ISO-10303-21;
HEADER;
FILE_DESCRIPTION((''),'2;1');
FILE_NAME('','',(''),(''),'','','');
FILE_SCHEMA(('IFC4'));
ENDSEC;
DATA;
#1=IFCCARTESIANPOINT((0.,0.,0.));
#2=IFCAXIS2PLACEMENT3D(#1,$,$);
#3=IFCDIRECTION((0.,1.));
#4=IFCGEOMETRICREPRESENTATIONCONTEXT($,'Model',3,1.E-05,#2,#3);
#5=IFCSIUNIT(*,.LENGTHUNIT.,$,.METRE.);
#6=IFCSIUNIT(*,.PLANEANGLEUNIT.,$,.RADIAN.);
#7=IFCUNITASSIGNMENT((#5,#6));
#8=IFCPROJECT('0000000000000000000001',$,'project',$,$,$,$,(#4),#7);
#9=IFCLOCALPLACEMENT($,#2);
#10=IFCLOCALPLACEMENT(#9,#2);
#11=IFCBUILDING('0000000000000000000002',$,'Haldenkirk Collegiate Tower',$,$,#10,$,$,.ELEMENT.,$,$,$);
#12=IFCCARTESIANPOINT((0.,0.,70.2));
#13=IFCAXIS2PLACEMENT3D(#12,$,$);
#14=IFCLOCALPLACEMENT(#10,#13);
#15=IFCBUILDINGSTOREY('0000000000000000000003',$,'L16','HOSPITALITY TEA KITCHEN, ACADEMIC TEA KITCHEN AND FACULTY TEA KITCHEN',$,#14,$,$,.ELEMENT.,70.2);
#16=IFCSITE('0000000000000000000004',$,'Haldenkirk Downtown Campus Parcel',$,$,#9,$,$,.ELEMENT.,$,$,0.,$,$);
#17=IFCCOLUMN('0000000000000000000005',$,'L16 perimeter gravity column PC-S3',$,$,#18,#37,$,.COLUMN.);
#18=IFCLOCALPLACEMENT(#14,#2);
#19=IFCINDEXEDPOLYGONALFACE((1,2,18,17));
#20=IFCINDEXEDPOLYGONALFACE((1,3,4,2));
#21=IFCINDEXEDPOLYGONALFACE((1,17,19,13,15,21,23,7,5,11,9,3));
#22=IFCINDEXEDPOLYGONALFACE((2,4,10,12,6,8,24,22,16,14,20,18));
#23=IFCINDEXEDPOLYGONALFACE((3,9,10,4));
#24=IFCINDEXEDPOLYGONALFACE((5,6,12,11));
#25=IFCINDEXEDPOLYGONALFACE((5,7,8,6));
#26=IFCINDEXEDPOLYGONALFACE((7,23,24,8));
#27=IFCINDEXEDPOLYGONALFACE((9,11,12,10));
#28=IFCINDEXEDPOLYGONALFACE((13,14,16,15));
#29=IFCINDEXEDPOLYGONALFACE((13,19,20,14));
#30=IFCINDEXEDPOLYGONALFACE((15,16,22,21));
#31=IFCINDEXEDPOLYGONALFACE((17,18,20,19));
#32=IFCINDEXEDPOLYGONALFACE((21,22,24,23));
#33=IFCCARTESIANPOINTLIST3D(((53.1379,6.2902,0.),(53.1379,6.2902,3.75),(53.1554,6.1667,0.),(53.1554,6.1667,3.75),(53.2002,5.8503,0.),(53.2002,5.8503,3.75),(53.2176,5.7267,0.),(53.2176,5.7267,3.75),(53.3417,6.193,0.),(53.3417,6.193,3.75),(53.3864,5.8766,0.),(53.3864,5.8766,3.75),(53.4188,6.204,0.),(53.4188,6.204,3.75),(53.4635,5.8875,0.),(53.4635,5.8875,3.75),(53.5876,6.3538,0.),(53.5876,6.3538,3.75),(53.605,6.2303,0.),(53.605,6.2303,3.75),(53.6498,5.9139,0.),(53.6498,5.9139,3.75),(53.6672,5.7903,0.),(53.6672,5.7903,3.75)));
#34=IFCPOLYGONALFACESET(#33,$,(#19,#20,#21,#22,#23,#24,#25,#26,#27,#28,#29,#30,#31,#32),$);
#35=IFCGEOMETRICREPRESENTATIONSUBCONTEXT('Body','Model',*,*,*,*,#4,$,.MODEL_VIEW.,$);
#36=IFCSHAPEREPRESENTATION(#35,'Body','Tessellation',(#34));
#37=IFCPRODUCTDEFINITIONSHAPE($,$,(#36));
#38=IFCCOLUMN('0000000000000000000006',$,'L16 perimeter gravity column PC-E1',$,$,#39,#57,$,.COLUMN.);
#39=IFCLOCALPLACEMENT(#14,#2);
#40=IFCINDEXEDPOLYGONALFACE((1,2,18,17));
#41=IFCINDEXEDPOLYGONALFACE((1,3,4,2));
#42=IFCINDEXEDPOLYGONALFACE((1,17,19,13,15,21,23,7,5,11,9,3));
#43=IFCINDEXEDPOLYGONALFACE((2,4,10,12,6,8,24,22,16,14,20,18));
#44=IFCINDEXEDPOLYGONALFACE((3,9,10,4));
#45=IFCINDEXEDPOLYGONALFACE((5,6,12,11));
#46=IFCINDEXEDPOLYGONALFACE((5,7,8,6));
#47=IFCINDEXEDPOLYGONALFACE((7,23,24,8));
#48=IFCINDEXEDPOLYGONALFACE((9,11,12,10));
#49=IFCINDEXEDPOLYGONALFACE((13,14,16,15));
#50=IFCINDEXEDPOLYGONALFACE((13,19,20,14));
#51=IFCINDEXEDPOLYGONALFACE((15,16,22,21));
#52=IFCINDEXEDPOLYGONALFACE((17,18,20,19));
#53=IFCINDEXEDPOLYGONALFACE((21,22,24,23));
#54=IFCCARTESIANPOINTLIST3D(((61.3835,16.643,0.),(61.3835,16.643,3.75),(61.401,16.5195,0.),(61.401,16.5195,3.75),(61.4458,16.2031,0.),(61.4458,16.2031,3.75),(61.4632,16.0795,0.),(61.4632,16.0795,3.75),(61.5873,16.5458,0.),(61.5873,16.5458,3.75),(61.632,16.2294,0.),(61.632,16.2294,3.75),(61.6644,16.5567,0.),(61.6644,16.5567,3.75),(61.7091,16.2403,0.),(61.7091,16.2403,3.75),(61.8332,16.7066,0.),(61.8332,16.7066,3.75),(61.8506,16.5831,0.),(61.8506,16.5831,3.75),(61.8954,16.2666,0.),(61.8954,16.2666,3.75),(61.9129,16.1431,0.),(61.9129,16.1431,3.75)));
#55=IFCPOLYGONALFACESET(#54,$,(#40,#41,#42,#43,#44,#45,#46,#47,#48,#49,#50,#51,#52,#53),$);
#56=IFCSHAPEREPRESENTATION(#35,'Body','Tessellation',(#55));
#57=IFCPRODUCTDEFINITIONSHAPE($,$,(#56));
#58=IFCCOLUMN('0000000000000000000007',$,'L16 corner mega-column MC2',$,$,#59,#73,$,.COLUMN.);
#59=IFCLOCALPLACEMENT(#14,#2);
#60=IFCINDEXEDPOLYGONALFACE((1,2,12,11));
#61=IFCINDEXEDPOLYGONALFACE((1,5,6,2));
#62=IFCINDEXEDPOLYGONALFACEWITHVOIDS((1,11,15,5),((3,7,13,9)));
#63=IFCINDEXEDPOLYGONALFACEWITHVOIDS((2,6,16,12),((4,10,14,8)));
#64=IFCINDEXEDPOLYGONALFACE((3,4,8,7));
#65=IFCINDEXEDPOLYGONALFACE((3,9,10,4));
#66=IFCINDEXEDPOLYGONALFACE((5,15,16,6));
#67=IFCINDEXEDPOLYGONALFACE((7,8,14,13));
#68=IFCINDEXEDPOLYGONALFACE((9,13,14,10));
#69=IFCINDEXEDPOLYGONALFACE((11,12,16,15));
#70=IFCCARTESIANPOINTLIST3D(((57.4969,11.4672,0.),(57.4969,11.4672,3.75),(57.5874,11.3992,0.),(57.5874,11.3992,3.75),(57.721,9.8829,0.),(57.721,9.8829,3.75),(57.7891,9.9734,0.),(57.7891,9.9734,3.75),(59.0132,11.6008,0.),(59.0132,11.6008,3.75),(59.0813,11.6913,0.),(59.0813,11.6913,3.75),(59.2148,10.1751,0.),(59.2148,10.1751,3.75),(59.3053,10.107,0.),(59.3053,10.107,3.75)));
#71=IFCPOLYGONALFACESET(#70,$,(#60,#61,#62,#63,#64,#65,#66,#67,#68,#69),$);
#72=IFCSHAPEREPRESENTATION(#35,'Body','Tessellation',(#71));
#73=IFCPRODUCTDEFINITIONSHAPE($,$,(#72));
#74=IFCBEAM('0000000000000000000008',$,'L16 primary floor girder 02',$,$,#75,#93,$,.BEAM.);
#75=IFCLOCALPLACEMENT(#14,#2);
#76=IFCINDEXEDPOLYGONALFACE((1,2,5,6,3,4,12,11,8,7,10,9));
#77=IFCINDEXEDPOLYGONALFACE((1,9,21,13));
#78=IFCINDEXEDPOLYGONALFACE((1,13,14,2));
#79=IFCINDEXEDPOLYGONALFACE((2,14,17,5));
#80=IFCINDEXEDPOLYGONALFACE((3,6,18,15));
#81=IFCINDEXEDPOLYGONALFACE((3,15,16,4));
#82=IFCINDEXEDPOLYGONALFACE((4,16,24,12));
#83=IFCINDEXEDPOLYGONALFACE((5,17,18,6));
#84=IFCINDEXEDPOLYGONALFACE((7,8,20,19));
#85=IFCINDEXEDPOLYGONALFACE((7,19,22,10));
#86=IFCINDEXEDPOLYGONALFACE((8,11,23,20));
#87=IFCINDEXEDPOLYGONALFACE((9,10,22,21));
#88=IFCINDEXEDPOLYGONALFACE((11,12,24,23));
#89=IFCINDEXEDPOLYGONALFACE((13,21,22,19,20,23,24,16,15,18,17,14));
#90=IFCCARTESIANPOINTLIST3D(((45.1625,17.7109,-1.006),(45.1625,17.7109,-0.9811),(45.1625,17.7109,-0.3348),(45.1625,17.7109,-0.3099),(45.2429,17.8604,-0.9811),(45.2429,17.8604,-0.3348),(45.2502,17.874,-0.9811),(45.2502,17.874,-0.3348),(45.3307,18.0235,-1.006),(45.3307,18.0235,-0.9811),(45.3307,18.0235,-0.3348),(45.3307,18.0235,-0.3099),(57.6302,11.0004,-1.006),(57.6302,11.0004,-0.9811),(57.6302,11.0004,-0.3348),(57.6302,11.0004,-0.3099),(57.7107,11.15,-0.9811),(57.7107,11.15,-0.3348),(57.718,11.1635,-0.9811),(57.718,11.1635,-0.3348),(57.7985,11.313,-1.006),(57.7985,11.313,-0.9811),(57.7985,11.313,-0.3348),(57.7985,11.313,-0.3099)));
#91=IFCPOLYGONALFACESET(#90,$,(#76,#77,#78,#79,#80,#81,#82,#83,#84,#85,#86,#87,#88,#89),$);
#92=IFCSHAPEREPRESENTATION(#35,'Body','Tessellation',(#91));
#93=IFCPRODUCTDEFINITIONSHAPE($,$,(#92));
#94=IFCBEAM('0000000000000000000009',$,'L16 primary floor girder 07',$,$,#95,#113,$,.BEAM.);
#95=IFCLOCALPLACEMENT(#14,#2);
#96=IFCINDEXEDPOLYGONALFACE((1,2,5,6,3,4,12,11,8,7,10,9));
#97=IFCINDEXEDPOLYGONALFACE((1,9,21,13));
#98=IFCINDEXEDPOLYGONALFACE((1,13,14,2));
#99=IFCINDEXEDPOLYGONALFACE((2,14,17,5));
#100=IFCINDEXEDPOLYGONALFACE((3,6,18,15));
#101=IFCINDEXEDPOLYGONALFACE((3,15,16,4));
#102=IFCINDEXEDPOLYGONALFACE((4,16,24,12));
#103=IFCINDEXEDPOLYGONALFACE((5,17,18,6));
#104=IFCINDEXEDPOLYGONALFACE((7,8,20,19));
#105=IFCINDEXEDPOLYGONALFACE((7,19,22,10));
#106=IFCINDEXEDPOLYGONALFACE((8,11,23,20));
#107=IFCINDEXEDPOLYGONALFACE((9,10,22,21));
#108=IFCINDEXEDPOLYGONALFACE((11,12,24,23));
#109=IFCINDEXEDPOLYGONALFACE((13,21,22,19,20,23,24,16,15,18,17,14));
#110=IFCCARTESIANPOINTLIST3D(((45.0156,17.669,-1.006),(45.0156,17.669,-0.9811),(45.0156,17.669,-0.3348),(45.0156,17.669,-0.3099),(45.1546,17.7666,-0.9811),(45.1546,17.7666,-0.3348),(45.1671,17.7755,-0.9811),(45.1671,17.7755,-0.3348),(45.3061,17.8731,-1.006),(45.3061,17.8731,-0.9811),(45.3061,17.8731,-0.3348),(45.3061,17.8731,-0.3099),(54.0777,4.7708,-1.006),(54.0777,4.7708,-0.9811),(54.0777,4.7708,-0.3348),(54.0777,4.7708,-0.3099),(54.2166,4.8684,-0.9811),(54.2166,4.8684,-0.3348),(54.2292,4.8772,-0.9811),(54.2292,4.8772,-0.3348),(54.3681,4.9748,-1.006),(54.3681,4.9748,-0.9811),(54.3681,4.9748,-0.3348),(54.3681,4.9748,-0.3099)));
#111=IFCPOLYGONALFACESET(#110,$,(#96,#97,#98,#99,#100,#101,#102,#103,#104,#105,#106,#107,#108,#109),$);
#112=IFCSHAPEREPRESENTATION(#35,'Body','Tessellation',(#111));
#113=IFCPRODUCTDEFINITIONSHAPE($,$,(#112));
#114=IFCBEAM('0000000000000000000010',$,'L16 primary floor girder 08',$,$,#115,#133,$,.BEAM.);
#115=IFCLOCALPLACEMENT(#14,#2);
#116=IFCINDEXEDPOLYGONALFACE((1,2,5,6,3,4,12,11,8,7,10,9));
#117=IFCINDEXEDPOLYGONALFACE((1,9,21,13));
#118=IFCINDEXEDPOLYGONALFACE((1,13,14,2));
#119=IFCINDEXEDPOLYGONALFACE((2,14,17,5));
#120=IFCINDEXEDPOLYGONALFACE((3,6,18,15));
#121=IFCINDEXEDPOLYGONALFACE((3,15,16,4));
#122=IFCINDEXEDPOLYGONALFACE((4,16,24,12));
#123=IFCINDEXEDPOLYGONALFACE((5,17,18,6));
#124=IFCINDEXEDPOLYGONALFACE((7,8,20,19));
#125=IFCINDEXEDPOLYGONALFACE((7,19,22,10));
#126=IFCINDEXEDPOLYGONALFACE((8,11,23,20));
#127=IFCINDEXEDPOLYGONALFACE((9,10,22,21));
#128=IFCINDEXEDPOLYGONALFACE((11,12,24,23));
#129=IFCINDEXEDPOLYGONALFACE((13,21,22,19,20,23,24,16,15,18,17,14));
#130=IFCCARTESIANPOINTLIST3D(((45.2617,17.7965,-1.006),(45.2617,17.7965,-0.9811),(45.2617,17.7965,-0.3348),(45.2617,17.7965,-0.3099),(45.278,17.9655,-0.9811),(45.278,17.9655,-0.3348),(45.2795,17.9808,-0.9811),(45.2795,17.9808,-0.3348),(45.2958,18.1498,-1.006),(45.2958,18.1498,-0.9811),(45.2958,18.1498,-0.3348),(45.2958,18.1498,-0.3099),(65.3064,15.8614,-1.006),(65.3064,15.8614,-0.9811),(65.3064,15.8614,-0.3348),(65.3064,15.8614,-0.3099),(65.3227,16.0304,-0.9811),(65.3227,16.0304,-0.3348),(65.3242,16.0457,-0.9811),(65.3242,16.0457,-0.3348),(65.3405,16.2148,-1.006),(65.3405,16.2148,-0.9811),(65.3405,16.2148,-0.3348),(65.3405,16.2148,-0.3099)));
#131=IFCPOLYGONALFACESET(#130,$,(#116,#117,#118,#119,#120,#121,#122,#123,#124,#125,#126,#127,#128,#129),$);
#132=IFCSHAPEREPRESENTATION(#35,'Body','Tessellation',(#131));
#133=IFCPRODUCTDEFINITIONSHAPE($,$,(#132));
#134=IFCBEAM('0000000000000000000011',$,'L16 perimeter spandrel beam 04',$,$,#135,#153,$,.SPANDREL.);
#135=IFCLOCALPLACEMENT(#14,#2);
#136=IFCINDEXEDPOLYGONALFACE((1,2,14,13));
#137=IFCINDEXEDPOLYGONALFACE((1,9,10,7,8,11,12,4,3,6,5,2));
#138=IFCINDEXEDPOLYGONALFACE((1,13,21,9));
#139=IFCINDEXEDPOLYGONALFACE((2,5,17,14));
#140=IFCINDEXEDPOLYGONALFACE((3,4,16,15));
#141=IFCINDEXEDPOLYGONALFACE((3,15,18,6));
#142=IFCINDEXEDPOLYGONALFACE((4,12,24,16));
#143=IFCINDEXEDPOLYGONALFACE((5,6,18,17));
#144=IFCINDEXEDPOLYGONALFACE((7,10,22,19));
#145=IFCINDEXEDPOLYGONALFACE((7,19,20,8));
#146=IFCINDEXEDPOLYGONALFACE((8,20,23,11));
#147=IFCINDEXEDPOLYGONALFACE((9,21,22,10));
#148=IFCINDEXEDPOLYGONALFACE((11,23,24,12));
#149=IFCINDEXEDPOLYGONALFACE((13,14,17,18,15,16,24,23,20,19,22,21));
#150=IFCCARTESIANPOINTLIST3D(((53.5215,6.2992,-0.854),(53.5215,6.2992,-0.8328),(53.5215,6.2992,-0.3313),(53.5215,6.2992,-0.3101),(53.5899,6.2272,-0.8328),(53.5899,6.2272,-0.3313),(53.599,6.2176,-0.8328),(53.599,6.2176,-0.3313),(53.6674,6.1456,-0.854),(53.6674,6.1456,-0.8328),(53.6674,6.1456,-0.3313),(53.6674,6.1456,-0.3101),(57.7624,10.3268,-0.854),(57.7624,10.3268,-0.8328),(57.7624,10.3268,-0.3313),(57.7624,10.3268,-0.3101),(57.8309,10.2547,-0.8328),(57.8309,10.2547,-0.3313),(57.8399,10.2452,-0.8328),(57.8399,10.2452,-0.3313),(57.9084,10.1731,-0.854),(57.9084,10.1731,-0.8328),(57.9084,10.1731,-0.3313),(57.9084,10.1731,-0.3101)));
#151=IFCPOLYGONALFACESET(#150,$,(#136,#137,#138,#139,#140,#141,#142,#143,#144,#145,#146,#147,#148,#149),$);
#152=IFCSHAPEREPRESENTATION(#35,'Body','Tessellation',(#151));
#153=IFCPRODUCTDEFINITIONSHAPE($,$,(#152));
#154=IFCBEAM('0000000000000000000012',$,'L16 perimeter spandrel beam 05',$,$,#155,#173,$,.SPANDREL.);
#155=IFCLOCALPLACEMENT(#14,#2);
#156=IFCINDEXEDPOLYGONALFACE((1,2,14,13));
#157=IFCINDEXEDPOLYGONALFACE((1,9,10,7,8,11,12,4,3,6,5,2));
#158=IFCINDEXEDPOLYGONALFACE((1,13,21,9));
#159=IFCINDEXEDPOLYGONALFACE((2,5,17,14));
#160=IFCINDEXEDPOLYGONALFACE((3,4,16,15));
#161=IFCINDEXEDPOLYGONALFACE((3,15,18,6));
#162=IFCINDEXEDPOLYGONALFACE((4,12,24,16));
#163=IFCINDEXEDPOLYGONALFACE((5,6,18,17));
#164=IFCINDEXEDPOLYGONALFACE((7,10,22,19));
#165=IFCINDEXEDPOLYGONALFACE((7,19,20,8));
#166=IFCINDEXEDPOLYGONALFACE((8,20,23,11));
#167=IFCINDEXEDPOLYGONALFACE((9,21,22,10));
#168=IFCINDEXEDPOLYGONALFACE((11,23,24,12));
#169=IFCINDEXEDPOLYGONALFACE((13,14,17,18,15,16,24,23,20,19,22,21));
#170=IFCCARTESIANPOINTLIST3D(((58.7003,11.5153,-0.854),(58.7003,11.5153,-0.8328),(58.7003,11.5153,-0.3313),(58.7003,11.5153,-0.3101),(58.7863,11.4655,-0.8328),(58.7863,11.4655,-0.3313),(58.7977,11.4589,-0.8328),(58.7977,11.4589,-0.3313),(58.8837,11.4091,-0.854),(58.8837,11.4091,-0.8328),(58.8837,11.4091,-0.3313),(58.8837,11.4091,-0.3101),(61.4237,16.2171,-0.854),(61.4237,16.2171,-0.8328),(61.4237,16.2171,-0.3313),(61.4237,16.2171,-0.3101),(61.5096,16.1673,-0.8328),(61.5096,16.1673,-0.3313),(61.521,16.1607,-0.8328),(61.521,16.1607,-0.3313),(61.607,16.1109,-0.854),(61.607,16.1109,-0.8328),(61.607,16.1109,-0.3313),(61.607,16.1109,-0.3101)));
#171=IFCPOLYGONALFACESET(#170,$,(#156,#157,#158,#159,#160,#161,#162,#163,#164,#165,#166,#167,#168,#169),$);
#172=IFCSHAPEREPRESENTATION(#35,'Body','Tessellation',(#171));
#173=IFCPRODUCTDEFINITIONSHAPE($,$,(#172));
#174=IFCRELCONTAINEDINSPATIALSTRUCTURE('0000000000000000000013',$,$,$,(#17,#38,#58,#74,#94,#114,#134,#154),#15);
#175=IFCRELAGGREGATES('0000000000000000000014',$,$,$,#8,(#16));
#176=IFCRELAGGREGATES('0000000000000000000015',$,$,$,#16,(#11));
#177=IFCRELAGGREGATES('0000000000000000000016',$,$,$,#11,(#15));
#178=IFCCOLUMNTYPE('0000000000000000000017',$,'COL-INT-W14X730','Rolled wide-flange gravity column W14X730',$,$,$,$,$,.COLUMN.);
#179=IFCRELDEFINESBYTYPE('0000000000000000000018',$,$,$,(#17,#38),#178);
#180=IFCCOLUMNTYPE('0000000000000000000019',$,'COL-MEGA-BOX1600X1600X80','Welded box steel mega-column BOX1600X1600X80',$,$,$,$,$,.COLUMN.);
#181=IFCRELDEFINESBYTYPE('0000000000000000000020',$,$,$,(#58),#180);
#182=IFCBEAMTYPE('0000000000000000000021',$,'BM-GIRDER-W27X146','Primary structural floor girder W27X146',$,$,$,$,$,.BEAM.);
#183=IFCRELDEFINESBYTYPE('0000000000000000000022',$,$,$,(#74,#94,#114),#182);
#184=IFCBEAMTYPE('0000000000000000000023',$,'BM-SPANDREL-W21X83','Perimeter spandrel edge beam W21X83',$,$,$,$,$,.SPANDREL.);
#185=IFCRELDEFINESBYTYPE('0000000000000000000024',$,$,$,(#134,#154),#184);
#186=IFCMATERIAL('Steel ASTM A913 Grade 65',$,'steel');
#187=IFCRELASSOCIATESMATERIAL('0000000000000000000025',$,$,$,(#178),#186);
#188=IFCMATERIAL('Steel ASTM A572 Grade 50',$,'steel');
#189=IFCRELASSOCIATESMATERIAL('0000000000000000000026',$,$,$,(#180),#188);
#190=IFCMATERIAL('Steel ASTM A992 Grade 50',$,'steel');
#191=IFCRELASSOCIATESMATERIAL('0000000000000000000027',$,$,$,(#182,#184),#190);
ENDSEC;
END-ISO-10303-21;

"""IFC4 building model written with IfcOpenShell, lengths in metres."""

from ifc_helpers import new_model, si_unit, direction, frame, origin, origin_2d, place, context, subcontext, project, spatial, hollow_rectangle, i_section, extrude, material, material_profile, profile_set, type_object, element, save


model = new_model("IFC4")

# Units and contexts
model_context = context("Model", 3, precision=1e-05, world=origin(), true_north=direction((0.0, 1.0)))
body_context = subcontext(model_context, "Body", "Model", "MODEL_VIEW")
ifc_project = project(units=[si_unit("LENGTHUNIT", "METRE"), si_unit("PLANEANGLEUNIT", "RADIAN")], contexts=[model_context])

# Site, building, storey
site_placement = place(None, origin())
site = spatial("IfcSite", under=ifc_project, at=site_placement, Name="Haldenkirk Downtown Campus Parcel", CompositionType="ELEMENT", RefElevation=0.0)
building_placement = place(site_placement, origin())
building = spatial("IfcBuilding", under=site, at=building_placement, Name="Haldenkirk Collegiate Tower", CompositionType="ELEMENT")
storey_placement = place(building_placement, frame((0.0, 0.0, 70.2)))
storey = spatial("IfcBuildingStorey", under=building, at=storey_placement, Name="L16", Description="HOSPITALITY TEA KITCHEN, ACADEMIC TEA KITCHEN AND FACULTY TEA KITCHEN", CompositionType="ELEMENT", Elevation=70.2)

# Columns
ifc_material_1 = material(Name="Steel ASTM A913 Grade 65", Category="steel")
ifc_material_profile_1 = material_profile(ifc_material_1, i_section(OverallWidth=0.4541, OverallDepth=0.5691, WebThickness=0.0779, FlangeThickness=0.1248, at=origin_2d()), Name="W14X730")
ifc_profile_set_1 = profile_set([ifc_material_profile_1], Name="Steel ASTM A913 Grade 65")
column_type_1 = type_object("IfcColumnType", Name="COL-INT-W14X730", Description="Rolled wide-flange gravity column W14X730", PredefinedType="COLUMN", material=ifc_profile_set_1)
for number, where, z_axis, x_axis, name in (
    (1, (53.4026, 6.0403, 0.0), (0.0, 0.0, 1.0), (0.990146, 0.140037, 0.0), "L16 perimeter gravity column PC-S3"),
    (2, (61.6482, 16.3931, 0.0), (0.0, 0.0, 1.0), (0.990146, 0.140037, 0.0), "L16 perimeter gravity column PC-E1"),
):
    element("IfcColumn", number, at=place(storey_placement, frame(where, z_axis=z_axis, x_axis=x_axis)), inside=storey, type_object=column_type_1, Name=name, PredefinedType="COLUMN", context=body_context, shape_type="SweptSolid", body=[
        extrude(i_section(OverallWidth=0.4541, OverallDepth=0.5691, WebThickness=0.0779, FlangeThickness=0.1248, at=origin_2d()), origin(), (0.0, 0.0, 1.0), 3.75),
    ])
ifc_material_2 = material(Name="Steel ASTM A572 Grade 50", Category="steel")
ifc_material_profile_2 = material_profile(ifc_material_2, hollow_rectangle(XDim=1.6001, YDim=1.6001, WallThickness=0.0801, at=origin_2d()), Name="BOX1600X1600X80")
ifc_profile_set_2 = profile_set([ifc_material_profile_2], Name="Steel ASTM A572 Grade 50")
column_type_2 = type_object("IfcColumnType", Name="COL-MEGA-BOX1600X1600X80", Description="Welded box steel mega-column BOX1600X1600X80", PredefinedType="COLUMN", material=ifc_profile_set_2)
column_placement = place(storey_placement, frame((58.4011, 10.7871, 0.0), z_axis=(0.0, 0.0, 1.0), x_axis=(0.990146, 0.140037, 0.0)))
element("IfcColumn", 3, at=column_placement, inside=storey, type_object=column_type_2, Name="L16 corner mega-column MC2", PredefinedType="COLUMN", context=body_context, shape_type="SweptSolid", body=[
    extrude(hollow_rectangle(XDim=1.6001, YDim=1.6001, WallThickness=0.0801, at=origin_2d()), origin(), (0.0, 0.0, 1.0), 3.75),
])

# Beams
ifc_material_3 = material(Name="Steel ASTM A992 Grade 50", Category="steel")
ifc_material_profile_3 = material_profile(ifc_material_3, i_section(OverallWidth=0.355, OverallDepth=0.696, WebThickness=0.0154, FlangeThickness=0.0249, at=origin_2d()), Name="W27X146")
ifc_profile_set_3 = profile_set([ifc_material_profile_3], Name="Steel ASTM A992 Grade 50")
beam_type_1 = type_object("IfcBeamType", Name="BM-GIRDER-W27X146", Description="Primary structural floor girder W27X146", PredefinedType="BEAM", material=ifc_profile_set_3)
beam_1_placement = place(storey_placement, frame((57.7144, 11.1567, -0.658), z_axis=(-0.880559, 0.473937, 0.0), x_axis=(-0.473937, -0.880559, 0.0)))
element("IfcBeam", 4, at=beam_1_placement, inside=storey, type_object=beam_type_1, Name="L16 primary floor girder 02", PredefinedType="BEAM", context=body_context, shape_type="SweptSolid", body=[
    extrude(i_section(OverallWidth=0.355, OverallDepth=0.696, WebThickness=0.0154, FlangeThickness=0.0249, at=origin_2d()), origin(), (0.0, 0.0, 1.0), 14.1589),
])
beam_2_placement = place(storey_placement, frame((54.2229, 4.8728, -0.658), z_axis=(-0.574878, 0.818239, 0.0), x_axis=(-0.818239, -0.574878, 0.0)))
element("IfcBeam", 5, at=beam_2_placement, inside=storey, type_object=beam_type_1, Name="L16 primary floor girder 07", PredefinedType="BEAM", context=body_context, shape_type="SweptSolid", body=[
    extrude(i_section(OverallWidth=0.355, OverallDepth=0.696, WebThickness=0.0154, FlangeThickness=0.0249, at=origin_2d()), origin(), (0.0, 0.0, 1.0), 15.7634),
])
beam_3_placement = place(storey_placement, frame((65.3235, 16.0381, -0.658), z_axis=(-0.995373, 0.096091, 0.0), x_axis=(-0.096091, -0.995373, 0.0)))
element("IfcBeam", 6, at=beam_3_placement, inside=storey, type_object=beam_type_1, Name="L16 primary floor girder 08", PredefinedType="BEAM", context=body_context, shape_type="SweptSolid", body=[
    extrude(i_section(OverallWidth=0.355, OverallDepth=0.696, WebThickness=0.0154, FlangeThickness=0.0249, at=origin_2d()), origin(), (0.0, 0.0, 1.0), 20.1379),
])
ifc_material_profile_4 = material_profile(ifc_material_3, i_section(OverallWidth=0.2119, OverallDepth=0.5439, WebThickness=0.0132, FlangeThickness=0.0212, at=origin_2d()), Name="W21X83")
ifc_profile_set_4 = profile_set([ifc_material_profile_4], Name="Steel ASTM A992 Grade 50")
beam_type_2 = type_object("IfcBeamType", Name="BM-SPANDREL-W21X83", Description="Perimeter spandrel edge beam W21X83", PredefinedType="SPANDREL", material=ifc_profile_set_4)
beam_4_placement = place(storey_placement, frame((53.5945, 6.2224, -0.582), z_axis=(0.725113, 0.68863, 0.0), x_axis=(-0.68863, 0.725113, 0.0)))
element("IfcBeam", 7, at=beam_4_placement, inside=storey, type_object=beam_type_2, Name="L16 perimeter spandrel beam 04", PredefinedType="SPANDREL", context=body_context, shape_type="SweptSolid", body=[
    extrude(i_section(OverallWidth=0.2119, OverallDepth=0.5439, WebThickness=0.0132, FlangeThickness=0.0212, at=origin_2d()), origin(), (0.0, 0.0, 1.0), 5.8486),
])
beam_5_placement = place(storey_placement, frame((58.792, 11.4622, -0.582), z_axis=(0.501206, 0.865328, 0.0), x_axis=(-0.865328, 0.501206, 0.0)))
element("IfcBeam", 8, at=beam_5_placement, inside=storey, type_object=beam_type_2, Name="L16 perimeter spandrel beam 05", PredefinedType="SPANDREL", context=body_context, shape_type="SweptSolid", body=[
    extrude(i_section(OverallWidth=0.2119, OverallDepth=0.5439, WebThickness=0.0132, FlangeThickness=0.0212, at=origin_2d()), origin(), (0.0, 0.0, 1.0), 5.4336),
])

save(model, "model.ifc")
